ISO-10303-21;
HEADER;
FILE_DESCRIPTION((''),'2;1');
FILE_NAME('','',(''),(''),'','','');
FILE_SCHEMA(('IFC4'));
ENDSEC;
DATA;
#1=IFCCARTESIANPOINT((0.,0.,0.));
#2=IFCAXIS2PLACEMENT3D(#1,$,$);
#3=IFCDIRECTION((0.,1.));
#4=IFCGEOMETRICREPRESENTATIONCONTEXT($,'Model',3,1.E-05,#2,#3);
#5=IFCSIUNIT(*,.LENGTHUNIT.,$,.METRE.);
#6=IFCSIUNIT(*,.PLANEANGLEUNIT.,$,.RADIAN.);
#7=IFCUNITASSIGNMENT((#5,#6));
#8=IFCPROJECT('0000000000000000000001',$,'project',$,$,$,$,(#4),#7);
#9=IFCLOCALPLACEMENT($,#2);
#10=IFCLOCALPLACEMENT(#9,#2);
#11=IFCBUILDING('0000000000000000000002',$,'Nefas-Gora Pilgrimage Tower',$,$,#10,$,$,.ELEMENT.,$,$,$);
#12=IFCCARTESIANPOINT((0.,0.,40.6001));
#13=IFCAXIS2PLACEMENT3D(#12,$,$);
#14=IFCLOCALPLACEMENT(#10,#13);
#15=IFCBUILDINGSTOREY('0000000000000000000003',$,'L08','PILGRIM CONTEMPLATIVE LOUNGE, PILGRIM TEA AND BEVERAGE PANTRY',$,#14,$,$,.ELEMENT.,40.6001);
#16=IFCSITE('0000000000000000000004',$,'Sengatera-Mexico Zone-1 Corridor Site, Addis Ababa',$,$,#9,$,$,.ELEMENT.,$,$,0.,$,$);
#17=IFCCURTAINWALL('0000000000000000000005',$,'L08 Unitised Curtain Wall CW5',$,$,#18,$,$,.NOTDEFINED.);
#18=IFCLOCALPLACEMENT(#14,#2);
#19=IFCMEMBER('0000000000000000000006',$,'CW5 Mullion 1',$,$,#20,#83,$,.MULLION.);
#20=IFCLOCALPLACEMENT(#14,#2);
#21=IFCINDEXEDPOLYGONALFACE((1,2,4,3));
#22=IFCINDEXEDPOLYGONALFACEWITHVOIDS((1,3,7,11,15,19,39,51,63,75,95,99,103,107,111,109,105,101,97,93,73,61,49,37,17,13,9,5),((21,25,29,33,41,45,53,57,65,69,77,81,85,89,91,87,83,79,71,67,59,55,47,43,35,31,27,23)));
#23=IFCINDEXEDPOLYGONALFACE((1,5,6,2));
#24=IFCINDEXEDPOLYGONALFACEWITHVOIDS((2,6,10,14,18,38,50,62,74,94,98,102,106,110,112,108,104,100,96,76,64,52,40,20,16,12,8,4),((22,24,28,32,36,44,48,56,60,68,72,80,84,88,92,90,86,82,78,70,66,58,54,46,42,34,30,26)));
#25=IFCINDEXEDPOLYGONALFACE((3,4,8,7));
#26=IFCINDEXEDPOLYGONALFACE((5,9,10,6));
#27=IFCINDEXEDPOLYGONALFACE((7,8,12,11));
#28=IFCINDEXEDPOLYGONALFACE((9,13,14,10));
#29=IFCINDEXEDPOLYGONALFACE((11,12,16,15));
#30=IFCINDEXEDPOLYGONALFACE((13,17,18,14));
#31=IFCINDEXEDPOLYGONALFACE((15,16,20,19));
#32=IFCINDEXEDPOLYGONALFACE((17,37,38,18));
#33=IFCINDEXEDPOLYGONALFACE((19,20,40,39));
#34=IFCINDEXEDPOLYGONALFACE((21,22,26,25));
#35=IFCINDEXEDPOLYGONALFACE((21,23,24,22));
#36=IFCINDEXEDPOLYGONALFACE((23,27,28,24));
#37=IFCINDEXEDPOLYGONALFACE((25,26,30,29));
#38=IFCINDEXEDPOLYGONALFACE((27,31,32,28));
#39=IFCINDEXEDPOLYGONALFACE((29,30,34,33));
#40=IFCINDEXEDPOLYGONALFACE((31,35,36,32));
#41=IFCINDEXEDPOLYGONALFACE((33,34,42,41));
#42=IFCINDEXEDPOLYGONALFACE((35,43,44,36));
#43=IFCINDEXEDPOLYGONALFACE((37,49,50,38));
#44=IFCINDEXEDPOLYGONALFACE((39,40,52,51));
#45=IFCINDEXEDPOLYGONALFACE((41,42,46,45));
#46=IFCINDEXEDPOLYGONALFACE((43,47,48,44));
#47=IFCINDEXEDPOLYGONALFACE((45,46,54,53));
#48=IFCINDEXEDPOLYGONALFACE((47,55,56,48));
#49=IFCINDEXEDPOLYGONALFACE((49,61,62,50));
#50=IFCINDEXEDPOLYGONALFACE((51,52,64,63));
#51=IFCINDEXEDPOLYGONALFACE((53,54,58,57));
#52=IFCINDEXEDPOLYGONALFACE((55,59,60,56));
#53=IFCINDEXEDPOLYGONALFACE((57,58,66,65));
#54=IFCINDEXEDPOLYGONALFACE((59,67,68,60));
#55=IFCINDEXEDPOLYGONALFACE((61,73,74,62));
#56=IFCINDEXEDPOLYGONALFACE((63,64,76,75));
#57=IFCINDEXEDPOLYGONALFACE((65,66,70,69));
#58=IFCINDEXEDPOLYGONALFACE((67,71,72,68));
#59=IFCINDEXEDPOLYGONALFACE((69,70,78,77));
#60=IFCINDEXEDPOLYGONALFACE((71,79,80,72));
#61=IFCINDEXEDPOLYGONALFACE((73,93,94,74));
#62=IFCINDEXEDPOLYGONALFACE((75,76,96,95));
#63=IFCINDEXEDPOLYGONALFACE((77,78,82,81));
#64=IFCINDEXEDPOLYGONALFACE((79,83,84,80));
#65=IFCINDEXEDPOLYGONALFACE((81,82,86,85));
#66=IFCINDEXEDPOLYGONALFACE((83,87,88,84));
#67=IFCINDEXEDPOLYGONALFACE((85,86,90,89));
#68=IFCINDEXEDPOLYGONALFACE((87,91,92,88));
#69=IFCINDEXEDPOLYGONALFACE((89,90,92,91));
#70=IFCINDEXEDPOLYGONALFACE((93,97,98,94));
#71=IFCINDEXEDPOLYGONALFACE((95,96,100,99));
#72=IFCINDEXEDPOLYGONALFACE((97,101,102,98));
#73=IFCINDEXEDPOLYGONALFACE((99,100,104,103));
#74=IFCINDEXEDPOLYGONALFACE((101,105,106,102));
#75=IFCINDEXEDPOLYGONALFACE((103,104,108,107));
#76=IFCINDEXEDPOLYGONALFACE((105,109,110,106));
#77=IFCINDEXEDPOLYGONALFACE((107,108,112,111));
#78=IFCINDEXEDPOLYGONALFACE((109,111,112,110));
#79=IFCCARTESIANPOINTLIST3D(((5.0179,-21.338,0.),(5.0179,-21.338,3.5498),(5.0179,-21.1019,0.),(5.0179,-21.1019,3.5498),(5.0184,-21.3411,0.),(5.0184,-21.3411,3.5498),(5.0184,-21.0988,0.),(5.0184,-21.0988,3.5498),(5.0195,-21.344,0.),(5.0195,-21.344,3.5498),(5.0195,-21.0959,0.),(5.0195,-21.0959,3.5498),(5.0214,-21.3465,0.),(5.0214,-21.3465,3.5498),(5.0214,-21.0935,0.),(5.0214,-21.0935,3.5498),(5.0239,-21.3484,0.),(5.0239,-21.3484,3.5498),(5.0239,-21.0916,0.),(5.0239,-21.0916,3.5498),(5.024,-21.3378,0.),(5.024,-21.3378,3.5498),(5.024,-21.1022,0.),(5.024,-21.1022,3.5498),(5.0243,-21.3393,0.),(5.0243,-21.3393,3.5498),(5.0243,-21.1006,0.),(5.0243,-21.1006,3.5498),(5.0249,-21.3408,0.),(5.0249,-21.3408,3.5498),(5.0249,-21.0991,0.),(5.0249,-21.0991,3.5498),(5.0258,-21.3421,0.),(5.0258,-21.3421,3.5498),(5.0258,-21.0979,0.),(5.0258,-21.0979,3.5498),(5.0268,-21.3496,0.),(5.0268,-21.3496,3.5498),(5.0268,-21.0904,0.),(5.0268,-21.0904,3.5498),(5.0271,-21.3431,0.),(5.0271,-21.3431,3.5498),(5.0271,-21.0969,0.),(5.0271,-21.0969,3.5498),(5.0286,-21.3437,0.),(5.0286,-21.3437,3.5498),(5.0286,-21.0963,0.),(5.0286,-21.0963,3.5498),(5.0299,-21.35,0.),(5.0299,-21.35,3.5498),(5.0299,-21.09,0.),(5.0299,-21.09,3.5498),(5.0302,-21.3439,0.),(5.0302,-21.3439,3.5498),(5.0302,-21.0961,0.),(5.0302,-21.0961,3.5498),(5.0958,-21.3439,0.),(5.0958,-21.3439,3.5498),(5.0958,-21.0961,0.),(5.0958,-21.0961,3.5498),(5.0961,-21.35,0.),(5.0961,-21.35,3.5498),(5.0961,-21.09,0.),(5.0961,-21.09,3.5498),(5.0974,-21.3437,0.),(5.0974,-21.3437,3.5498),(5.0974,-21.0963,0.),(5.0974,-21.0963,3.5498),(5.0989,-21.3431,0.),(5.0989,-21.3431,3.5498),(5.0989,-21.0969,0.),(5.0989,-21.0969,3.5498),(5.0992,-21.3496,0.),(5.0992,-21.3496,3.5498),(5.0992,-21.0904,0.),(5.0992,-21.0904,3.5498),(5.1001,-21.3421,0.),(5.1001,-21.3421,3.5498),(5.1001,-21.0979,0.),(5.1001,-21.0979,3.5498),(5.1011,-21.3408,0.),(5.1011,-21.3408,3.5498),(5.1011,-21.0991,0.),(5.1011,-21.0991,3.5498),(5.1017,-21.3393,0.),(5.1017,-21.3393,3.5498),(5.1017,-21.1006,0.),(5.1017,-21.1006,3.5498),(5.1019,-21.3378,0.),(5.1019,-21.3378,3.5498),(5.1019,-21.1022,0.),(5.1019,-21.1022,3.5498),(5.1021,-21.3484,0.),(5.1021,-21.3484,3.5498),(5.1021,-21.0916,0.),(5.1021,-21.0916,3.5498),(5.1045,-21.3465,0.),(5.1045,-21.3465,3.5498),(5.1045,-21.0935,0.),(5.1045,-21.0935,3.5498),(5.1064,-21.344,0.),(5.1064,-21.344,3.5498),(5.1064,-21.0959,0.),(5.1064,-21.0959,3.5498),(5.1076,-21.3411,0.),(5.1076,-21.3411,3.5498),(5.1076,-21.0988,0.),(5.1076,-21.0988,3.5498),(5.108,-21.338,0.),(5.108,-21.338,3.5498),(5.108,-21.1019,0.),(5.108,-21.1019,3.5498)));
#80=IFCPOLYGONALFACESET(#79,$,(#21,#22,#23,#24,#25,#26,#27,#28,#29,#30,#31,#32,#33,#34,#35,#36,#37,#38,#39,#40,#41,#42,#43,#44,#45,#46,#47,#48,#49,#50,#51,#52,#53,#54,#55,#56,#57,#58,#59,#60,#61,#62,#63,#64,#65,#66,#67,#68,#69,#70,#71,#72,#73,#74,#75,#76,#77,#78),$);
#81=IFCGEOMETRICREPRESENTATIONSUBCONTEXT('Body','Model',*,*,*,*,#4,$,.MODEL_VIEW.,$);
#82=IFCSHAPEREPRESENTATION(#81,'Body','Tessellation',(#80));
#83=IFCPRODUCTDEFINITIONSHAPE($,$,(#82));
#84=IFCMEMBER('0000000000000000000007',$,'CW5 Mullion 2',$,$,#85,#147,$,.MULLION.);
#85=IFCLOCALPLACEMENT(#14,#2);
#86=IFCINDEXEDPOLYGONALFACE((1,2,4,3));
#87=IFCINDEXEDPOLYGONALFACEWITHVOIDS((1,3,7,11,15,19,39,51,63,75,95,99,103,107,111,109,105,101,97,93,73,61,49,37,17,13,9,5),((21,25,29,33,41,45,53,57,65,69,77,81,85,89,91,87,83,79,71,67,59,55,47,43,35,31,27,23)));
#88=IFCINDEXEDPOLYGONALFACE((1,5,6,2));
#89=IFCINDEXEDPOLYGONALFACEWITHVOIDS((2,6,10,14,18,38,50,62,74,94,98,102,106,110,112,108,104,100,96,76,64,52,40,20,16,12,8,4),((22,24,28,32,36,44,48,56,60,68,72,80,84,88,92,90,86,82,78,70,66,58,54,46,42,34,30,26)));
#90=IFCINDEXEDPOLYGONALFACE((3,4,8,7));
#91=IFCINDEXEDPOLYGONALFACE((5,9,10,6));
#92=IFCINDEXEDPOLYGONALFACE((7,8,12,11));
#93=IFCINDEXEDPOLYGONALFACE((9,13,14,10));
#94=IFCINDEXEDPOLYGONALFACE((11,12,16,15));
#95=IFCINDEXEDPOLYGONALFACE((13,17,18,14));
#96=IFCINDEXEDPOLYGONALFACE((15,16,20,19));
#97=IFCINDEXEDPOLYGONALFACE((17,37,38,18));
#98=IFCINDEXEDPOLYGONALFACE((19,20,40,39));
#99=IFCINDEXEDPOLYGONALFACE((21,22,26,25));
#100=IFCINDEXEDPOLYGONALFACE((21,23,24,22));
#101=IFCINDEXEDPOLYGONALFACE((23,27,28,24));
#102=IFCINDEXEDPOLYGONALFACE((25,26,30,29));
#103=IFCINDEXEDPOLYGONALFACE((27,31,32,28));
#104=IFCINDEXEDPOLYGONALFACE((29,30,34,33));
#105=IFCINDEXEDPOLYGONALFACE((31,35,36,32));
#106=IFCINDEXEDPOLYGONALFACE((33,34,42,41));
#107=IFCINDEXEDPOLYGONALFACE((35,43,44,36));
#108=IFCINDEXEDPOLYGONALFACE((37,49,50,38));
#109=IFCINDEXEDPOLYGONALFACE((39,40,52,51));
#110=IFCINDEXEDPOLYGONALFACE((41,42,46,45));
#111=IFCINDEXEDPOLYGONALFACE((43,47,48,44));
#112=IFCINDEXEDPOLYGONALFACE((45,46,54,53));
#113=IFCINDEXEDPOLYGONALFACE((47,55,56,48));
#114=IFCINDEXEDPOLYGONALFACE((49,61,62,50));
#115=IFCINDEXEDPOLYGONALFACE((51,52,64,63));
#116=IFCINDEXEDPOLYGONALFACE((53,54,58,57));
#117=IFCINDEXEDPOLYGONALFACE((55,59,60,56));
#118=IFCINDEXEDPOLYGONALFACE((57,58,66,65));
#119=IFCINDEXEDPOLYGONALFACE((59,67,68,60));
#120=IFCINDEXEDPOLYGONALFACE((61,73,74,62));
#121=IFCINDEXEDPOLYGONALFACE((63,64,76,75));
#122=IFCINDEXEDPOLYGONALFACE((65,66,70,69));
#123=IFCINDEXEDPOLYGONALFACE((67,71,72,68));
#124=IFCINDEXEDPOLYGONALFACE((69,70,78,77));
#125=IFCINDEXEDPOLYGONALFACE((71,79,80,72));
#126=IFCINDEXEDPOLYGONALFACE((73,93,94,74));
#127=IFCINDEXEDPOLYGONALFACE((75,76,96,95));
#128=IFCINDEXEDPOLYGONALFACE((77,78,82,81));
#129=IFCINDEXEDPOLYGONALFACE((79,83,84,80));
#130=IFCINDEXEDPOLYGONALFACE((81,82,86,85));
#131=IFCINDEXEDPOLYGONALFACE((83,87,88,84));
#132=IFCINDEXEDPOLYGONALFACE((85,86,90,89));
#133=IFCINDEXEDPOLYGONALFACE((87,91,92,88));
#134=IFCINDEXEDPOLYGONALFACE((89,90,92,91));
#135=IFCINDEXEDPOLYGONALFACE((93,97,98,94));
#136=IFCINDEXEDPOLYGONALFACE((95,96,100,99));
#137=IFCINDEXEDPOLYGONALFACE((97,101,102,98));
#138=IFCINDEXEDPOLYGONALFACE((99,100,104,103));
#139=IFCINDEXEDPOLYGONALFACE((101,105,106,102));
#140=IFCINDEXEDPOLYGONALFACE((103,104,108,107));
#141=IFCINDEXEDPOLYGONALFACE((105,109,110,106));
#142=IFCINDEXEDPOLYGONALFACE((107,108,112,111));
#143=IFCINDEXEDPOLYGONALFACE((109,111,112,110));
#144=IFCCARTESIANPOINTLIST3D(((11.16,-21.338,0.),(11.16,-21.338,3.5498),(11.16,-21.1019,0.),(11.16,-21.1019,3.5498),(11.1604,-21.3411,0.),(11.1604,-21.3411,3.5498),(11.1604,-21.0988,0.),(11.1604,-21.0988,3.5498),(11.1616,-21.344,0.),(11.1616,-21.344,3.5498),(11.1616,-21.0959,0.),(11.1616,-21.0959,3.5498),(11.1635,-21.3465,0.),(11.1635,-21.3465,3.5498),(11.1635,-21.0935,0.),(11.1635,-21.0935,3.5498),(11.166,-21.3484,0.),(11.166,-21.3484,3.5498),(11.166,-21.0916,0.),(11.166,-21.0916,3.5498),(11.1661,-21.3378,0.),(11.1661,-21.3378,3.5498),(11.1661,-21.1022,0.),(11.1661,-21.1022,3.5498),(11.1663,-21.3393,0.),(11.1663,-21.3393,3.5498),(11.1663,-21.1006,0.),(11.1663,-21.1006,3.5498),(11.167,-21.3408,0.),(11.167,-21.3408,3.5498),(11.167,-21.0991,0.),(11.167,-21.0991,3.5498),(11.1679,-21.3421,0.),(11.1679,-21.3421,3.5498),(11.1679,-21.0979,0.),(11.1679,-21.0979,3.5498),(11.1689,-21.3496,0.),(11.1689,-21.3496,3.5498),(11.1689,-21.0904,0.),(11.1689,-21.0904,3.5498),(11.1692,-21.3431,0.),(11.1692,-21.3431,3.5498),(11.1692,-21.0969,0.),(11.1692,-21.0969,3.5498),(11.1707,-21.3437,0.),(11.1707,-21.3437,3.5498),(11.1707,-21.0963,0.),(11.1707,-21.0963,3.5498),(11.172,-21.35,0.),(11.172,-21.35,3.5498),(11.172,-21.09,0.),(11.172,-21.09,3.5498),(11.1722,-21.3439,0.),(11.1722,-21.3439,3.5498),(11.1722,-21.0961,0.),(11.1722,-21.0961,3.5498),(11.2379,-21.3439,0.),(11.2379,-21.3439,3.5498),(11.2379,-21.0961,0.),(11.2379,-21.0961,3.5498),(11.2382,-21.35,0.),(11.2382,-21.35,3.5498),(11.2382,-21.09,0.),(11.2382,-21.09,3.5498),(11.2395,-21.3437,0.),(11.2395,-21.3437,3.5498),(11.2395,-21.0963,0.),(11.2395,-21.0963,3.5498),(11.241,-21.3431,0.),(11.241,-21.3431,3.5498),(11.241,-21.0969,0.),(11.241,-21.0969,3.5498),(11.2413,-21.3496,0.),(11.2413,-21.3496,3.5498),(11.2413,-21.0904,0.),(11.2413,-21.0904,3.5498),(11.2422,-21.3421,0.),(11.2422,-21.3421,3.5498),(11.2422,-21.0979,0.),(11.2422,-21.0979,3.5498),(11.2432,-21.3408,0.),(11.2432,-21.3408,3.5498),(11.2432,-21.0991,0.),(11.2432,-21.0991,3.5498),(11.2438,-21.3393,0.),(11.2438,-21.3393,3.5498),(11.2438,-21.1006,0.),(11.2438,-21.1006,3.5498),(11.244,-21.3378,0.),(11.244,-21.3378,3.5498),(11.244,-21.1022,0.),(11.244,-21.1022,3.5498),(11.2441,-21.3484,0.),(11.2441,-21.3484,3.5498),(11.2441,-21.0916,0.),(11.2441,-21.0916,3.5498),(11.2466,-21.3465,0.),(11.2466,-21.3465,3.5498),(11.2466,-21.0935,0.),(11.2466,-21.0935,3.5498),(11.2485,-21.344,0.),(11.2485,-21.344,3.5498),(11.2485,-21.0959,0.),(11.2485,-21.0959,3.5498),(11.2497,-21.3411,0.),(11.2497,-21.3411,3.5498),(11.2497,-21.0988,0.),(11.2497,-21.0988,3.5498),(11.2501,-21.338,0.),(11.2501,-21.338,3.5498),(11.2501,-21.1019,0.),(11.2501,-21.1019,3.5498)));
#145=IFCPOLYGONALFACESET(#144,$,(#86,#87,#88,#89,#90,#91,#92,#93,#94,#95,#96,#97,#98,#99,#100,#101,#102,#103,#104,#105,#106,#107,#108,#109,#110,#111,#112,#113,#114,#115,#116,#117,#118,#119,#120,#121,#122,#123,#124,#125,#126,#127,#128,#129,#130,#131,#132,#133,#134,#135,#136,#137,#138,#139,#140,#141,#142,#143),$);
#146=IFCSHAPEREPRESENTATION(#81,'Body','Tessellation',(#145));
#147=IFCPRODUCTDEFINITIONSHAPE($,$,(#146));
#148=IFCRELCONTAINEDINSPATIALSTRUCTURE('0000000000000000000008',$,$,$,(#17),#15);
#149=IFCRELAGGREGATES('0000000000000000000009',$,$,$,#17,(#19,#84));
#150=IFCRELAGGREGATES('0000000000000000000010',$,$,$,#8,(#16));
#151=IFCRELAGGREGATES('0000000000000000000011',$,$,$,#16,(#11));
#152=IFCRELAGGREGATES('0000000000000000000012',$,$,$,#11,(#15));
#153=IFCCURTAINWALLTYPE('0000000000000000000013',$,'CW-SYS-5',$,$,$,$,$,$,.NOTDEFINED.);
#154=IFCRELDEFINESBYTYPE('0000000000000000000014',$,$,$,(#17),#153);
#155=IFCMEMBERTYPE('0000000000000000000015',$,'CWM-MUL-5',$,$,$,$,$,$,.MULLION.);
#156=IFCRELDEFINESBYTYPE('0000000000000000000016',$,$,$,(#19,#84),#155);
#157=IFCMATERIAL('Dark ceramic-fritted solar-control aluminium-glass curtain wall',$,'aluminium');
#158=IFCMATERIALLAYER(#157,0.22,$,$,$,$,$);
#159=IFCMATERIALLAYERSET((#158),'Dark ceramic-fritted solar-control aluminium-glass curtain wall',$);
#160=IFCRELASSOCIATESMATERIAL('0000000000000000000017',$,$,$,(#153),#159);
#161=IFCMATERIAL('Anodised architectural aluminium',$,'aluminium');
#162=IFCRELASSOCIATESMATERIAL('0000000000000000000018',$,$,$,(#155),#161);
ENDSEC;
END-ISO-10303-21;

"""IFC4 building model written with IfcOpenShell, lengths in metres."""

from ifc_helpers import new_model, si_unit, direction, frame, origin, origin_2d, place, context, subcontext, project, spatial, hollow_rectangle, extrude, source, transform, mapped, material, layer, layer_set, material_profile, profile_set, type_object, element, aggregate, save


model = new_model("IFC4")

# Units and contexts
model_context = context("Model", 3, precision=1e-05, world=origin(), true_north=direction((0.0, 1.0)))
body_context = subcontext(model_context, "Body", "Model", "MODEL_VIEW")
ifc_project = project(units=[si_unit("LENGTHUNIT", "METRE"), si_unit("PLANEANGLEUNIT", "RADIAN")], contexts=[model_context])

# Site, building, storey
site_placement = place(None, origin())
site = spatial("IfcSite", under=ifc_project, at=site_placement, Name="Sengatera-Mexico Zone-1 Corridor Site, Addis Ababa", CompositionType="ELEMENT", RefElevation=0.0)
building_placement = place(site_placement, origin())
building = spatial("IfcBuilding", under=site, at=building_placement, Name="Nefas-Gora Pilgrimage Tower", CompositionType="ELEMENT")
storey_placement = place(building_placement, frame((0.0, 0.0, 40.6001)))
storey = spatial("IfcBuildingStorey", under=building, at=storey_placement, Name="L08", Description="PILGRIM CONTEMPLATIVE LOUNGE, PILGRIM TEA AND BEVERAGE PANTRY", CompositionType="ELEMENT", Elevation=40.6001)

# Curtain wall
ifc_material_1 = material(Name="Dark ceramic-fritted solar-control aluminium-glass curtain wall", Category="aluminium")
ifc_layer_1 = layer(ifc_material_1, 0.22)
ifc_layer_set_1 = layer_set([ifc_layer_1], Name="Dark ceramic-fritted solar-control aluminium-glass curtain wall")
curtain_wall_type_1 = type_object("IfcCurtainWallType", Name="CW-SYS-5", PredefinedType="NOTDEFINED", material=ifc_layer_set_1)
curtain_wall_1_placement = place(storey_placement, origin())
curtain_wall_1 = element("IfcCurtainWall", 1, at=curtain_wall_1_placement, inside=storey, type_object=curtain_wall_type_1, Name="L08 Unitised Curtain Wall CW5", PredefinedType="NOTDEFINED")
ifc_material_2 = material(Name="Anodised architectural aluminium", Category="aluminium")

# Members
ifc_material_profile_1 = material_profile(ifc_material_2, hollow_rectangle(XDim=0.0901, YDim=0.26, WallThickness=0.0061, InnerFilletRadius=0.0061, OuterFilletRadius=0.012, at=origin_2d()), Name="ALU MULLION 90x260")
ifc_profile_set_1 = profile_set([ifc_material_profile_1], Name="Anodised architectural aluminium")
member_type_1 = type_object("IfcMemberType", Name="CWM-MUL-5", PredefinedType="MULLION", material=ifc_profile_set_1)
shared_shape_1 = source(origin(), body_context, "Body", "SweptSolid", [
    extrude(hollow_rectangle(XDim=0.0901, YDim=0.26, WallThickness=0.0061, InnerFilletRadius=0.0061, OuterFilletRadius=0.012, at=origin_2d()), origin(), (0.0, 0.0, 1.0), 3.5498),
])
member_1_placement = place(storey_placement, frame((5.063, -21.22, 0.0), z_axis=(0.0, 0.0, 1.0), x_axis=(1.0, 0.0, 0.0)))
member_1 = element("IfcMember", 2, at=member_1_placement, type_object=member_type_1, Name="CW5 Mullion 1", PredefinedType="MULLION", context=body_context, shape_type="MappedRepresentation", body=[
    mapped(shared_shape_1, transform((0.0, 0.0, 0.0), x_axis=(1.0, 0.0, 0.0), y_axis=(0.0, 1.0, 0.0), z_axis=(0.0, 0.0, 1.0), scale=1.0)),
])
member_2_placement = place(storey_placement, frame((11.2051, -21.22, 0.0), z_axis=(0.0, 0.0, 1.0), x_axis=(1.0, 0.0, 0.0)))
member_2 = element("IfcMember", 3, at=member_2_placement, type_object=member_type_1, Name="CW5 Mullion 2", PredefinedType="MULLION", context=body_context, shape_type="MappedRepresentation", body=[
    mapped(shared_shape_1, transform((0.0, 0.0, 0.0), x_axis=(1.0, 0.0, 0.0), y_axis=(0.0, 1.0, 0.0), z_axis=(0.0, 0.0, 1.0), scale=1.0)),
])

aggregate(curtain_wall_1, [member_1, member_2])

save(model, "model.ifc")
